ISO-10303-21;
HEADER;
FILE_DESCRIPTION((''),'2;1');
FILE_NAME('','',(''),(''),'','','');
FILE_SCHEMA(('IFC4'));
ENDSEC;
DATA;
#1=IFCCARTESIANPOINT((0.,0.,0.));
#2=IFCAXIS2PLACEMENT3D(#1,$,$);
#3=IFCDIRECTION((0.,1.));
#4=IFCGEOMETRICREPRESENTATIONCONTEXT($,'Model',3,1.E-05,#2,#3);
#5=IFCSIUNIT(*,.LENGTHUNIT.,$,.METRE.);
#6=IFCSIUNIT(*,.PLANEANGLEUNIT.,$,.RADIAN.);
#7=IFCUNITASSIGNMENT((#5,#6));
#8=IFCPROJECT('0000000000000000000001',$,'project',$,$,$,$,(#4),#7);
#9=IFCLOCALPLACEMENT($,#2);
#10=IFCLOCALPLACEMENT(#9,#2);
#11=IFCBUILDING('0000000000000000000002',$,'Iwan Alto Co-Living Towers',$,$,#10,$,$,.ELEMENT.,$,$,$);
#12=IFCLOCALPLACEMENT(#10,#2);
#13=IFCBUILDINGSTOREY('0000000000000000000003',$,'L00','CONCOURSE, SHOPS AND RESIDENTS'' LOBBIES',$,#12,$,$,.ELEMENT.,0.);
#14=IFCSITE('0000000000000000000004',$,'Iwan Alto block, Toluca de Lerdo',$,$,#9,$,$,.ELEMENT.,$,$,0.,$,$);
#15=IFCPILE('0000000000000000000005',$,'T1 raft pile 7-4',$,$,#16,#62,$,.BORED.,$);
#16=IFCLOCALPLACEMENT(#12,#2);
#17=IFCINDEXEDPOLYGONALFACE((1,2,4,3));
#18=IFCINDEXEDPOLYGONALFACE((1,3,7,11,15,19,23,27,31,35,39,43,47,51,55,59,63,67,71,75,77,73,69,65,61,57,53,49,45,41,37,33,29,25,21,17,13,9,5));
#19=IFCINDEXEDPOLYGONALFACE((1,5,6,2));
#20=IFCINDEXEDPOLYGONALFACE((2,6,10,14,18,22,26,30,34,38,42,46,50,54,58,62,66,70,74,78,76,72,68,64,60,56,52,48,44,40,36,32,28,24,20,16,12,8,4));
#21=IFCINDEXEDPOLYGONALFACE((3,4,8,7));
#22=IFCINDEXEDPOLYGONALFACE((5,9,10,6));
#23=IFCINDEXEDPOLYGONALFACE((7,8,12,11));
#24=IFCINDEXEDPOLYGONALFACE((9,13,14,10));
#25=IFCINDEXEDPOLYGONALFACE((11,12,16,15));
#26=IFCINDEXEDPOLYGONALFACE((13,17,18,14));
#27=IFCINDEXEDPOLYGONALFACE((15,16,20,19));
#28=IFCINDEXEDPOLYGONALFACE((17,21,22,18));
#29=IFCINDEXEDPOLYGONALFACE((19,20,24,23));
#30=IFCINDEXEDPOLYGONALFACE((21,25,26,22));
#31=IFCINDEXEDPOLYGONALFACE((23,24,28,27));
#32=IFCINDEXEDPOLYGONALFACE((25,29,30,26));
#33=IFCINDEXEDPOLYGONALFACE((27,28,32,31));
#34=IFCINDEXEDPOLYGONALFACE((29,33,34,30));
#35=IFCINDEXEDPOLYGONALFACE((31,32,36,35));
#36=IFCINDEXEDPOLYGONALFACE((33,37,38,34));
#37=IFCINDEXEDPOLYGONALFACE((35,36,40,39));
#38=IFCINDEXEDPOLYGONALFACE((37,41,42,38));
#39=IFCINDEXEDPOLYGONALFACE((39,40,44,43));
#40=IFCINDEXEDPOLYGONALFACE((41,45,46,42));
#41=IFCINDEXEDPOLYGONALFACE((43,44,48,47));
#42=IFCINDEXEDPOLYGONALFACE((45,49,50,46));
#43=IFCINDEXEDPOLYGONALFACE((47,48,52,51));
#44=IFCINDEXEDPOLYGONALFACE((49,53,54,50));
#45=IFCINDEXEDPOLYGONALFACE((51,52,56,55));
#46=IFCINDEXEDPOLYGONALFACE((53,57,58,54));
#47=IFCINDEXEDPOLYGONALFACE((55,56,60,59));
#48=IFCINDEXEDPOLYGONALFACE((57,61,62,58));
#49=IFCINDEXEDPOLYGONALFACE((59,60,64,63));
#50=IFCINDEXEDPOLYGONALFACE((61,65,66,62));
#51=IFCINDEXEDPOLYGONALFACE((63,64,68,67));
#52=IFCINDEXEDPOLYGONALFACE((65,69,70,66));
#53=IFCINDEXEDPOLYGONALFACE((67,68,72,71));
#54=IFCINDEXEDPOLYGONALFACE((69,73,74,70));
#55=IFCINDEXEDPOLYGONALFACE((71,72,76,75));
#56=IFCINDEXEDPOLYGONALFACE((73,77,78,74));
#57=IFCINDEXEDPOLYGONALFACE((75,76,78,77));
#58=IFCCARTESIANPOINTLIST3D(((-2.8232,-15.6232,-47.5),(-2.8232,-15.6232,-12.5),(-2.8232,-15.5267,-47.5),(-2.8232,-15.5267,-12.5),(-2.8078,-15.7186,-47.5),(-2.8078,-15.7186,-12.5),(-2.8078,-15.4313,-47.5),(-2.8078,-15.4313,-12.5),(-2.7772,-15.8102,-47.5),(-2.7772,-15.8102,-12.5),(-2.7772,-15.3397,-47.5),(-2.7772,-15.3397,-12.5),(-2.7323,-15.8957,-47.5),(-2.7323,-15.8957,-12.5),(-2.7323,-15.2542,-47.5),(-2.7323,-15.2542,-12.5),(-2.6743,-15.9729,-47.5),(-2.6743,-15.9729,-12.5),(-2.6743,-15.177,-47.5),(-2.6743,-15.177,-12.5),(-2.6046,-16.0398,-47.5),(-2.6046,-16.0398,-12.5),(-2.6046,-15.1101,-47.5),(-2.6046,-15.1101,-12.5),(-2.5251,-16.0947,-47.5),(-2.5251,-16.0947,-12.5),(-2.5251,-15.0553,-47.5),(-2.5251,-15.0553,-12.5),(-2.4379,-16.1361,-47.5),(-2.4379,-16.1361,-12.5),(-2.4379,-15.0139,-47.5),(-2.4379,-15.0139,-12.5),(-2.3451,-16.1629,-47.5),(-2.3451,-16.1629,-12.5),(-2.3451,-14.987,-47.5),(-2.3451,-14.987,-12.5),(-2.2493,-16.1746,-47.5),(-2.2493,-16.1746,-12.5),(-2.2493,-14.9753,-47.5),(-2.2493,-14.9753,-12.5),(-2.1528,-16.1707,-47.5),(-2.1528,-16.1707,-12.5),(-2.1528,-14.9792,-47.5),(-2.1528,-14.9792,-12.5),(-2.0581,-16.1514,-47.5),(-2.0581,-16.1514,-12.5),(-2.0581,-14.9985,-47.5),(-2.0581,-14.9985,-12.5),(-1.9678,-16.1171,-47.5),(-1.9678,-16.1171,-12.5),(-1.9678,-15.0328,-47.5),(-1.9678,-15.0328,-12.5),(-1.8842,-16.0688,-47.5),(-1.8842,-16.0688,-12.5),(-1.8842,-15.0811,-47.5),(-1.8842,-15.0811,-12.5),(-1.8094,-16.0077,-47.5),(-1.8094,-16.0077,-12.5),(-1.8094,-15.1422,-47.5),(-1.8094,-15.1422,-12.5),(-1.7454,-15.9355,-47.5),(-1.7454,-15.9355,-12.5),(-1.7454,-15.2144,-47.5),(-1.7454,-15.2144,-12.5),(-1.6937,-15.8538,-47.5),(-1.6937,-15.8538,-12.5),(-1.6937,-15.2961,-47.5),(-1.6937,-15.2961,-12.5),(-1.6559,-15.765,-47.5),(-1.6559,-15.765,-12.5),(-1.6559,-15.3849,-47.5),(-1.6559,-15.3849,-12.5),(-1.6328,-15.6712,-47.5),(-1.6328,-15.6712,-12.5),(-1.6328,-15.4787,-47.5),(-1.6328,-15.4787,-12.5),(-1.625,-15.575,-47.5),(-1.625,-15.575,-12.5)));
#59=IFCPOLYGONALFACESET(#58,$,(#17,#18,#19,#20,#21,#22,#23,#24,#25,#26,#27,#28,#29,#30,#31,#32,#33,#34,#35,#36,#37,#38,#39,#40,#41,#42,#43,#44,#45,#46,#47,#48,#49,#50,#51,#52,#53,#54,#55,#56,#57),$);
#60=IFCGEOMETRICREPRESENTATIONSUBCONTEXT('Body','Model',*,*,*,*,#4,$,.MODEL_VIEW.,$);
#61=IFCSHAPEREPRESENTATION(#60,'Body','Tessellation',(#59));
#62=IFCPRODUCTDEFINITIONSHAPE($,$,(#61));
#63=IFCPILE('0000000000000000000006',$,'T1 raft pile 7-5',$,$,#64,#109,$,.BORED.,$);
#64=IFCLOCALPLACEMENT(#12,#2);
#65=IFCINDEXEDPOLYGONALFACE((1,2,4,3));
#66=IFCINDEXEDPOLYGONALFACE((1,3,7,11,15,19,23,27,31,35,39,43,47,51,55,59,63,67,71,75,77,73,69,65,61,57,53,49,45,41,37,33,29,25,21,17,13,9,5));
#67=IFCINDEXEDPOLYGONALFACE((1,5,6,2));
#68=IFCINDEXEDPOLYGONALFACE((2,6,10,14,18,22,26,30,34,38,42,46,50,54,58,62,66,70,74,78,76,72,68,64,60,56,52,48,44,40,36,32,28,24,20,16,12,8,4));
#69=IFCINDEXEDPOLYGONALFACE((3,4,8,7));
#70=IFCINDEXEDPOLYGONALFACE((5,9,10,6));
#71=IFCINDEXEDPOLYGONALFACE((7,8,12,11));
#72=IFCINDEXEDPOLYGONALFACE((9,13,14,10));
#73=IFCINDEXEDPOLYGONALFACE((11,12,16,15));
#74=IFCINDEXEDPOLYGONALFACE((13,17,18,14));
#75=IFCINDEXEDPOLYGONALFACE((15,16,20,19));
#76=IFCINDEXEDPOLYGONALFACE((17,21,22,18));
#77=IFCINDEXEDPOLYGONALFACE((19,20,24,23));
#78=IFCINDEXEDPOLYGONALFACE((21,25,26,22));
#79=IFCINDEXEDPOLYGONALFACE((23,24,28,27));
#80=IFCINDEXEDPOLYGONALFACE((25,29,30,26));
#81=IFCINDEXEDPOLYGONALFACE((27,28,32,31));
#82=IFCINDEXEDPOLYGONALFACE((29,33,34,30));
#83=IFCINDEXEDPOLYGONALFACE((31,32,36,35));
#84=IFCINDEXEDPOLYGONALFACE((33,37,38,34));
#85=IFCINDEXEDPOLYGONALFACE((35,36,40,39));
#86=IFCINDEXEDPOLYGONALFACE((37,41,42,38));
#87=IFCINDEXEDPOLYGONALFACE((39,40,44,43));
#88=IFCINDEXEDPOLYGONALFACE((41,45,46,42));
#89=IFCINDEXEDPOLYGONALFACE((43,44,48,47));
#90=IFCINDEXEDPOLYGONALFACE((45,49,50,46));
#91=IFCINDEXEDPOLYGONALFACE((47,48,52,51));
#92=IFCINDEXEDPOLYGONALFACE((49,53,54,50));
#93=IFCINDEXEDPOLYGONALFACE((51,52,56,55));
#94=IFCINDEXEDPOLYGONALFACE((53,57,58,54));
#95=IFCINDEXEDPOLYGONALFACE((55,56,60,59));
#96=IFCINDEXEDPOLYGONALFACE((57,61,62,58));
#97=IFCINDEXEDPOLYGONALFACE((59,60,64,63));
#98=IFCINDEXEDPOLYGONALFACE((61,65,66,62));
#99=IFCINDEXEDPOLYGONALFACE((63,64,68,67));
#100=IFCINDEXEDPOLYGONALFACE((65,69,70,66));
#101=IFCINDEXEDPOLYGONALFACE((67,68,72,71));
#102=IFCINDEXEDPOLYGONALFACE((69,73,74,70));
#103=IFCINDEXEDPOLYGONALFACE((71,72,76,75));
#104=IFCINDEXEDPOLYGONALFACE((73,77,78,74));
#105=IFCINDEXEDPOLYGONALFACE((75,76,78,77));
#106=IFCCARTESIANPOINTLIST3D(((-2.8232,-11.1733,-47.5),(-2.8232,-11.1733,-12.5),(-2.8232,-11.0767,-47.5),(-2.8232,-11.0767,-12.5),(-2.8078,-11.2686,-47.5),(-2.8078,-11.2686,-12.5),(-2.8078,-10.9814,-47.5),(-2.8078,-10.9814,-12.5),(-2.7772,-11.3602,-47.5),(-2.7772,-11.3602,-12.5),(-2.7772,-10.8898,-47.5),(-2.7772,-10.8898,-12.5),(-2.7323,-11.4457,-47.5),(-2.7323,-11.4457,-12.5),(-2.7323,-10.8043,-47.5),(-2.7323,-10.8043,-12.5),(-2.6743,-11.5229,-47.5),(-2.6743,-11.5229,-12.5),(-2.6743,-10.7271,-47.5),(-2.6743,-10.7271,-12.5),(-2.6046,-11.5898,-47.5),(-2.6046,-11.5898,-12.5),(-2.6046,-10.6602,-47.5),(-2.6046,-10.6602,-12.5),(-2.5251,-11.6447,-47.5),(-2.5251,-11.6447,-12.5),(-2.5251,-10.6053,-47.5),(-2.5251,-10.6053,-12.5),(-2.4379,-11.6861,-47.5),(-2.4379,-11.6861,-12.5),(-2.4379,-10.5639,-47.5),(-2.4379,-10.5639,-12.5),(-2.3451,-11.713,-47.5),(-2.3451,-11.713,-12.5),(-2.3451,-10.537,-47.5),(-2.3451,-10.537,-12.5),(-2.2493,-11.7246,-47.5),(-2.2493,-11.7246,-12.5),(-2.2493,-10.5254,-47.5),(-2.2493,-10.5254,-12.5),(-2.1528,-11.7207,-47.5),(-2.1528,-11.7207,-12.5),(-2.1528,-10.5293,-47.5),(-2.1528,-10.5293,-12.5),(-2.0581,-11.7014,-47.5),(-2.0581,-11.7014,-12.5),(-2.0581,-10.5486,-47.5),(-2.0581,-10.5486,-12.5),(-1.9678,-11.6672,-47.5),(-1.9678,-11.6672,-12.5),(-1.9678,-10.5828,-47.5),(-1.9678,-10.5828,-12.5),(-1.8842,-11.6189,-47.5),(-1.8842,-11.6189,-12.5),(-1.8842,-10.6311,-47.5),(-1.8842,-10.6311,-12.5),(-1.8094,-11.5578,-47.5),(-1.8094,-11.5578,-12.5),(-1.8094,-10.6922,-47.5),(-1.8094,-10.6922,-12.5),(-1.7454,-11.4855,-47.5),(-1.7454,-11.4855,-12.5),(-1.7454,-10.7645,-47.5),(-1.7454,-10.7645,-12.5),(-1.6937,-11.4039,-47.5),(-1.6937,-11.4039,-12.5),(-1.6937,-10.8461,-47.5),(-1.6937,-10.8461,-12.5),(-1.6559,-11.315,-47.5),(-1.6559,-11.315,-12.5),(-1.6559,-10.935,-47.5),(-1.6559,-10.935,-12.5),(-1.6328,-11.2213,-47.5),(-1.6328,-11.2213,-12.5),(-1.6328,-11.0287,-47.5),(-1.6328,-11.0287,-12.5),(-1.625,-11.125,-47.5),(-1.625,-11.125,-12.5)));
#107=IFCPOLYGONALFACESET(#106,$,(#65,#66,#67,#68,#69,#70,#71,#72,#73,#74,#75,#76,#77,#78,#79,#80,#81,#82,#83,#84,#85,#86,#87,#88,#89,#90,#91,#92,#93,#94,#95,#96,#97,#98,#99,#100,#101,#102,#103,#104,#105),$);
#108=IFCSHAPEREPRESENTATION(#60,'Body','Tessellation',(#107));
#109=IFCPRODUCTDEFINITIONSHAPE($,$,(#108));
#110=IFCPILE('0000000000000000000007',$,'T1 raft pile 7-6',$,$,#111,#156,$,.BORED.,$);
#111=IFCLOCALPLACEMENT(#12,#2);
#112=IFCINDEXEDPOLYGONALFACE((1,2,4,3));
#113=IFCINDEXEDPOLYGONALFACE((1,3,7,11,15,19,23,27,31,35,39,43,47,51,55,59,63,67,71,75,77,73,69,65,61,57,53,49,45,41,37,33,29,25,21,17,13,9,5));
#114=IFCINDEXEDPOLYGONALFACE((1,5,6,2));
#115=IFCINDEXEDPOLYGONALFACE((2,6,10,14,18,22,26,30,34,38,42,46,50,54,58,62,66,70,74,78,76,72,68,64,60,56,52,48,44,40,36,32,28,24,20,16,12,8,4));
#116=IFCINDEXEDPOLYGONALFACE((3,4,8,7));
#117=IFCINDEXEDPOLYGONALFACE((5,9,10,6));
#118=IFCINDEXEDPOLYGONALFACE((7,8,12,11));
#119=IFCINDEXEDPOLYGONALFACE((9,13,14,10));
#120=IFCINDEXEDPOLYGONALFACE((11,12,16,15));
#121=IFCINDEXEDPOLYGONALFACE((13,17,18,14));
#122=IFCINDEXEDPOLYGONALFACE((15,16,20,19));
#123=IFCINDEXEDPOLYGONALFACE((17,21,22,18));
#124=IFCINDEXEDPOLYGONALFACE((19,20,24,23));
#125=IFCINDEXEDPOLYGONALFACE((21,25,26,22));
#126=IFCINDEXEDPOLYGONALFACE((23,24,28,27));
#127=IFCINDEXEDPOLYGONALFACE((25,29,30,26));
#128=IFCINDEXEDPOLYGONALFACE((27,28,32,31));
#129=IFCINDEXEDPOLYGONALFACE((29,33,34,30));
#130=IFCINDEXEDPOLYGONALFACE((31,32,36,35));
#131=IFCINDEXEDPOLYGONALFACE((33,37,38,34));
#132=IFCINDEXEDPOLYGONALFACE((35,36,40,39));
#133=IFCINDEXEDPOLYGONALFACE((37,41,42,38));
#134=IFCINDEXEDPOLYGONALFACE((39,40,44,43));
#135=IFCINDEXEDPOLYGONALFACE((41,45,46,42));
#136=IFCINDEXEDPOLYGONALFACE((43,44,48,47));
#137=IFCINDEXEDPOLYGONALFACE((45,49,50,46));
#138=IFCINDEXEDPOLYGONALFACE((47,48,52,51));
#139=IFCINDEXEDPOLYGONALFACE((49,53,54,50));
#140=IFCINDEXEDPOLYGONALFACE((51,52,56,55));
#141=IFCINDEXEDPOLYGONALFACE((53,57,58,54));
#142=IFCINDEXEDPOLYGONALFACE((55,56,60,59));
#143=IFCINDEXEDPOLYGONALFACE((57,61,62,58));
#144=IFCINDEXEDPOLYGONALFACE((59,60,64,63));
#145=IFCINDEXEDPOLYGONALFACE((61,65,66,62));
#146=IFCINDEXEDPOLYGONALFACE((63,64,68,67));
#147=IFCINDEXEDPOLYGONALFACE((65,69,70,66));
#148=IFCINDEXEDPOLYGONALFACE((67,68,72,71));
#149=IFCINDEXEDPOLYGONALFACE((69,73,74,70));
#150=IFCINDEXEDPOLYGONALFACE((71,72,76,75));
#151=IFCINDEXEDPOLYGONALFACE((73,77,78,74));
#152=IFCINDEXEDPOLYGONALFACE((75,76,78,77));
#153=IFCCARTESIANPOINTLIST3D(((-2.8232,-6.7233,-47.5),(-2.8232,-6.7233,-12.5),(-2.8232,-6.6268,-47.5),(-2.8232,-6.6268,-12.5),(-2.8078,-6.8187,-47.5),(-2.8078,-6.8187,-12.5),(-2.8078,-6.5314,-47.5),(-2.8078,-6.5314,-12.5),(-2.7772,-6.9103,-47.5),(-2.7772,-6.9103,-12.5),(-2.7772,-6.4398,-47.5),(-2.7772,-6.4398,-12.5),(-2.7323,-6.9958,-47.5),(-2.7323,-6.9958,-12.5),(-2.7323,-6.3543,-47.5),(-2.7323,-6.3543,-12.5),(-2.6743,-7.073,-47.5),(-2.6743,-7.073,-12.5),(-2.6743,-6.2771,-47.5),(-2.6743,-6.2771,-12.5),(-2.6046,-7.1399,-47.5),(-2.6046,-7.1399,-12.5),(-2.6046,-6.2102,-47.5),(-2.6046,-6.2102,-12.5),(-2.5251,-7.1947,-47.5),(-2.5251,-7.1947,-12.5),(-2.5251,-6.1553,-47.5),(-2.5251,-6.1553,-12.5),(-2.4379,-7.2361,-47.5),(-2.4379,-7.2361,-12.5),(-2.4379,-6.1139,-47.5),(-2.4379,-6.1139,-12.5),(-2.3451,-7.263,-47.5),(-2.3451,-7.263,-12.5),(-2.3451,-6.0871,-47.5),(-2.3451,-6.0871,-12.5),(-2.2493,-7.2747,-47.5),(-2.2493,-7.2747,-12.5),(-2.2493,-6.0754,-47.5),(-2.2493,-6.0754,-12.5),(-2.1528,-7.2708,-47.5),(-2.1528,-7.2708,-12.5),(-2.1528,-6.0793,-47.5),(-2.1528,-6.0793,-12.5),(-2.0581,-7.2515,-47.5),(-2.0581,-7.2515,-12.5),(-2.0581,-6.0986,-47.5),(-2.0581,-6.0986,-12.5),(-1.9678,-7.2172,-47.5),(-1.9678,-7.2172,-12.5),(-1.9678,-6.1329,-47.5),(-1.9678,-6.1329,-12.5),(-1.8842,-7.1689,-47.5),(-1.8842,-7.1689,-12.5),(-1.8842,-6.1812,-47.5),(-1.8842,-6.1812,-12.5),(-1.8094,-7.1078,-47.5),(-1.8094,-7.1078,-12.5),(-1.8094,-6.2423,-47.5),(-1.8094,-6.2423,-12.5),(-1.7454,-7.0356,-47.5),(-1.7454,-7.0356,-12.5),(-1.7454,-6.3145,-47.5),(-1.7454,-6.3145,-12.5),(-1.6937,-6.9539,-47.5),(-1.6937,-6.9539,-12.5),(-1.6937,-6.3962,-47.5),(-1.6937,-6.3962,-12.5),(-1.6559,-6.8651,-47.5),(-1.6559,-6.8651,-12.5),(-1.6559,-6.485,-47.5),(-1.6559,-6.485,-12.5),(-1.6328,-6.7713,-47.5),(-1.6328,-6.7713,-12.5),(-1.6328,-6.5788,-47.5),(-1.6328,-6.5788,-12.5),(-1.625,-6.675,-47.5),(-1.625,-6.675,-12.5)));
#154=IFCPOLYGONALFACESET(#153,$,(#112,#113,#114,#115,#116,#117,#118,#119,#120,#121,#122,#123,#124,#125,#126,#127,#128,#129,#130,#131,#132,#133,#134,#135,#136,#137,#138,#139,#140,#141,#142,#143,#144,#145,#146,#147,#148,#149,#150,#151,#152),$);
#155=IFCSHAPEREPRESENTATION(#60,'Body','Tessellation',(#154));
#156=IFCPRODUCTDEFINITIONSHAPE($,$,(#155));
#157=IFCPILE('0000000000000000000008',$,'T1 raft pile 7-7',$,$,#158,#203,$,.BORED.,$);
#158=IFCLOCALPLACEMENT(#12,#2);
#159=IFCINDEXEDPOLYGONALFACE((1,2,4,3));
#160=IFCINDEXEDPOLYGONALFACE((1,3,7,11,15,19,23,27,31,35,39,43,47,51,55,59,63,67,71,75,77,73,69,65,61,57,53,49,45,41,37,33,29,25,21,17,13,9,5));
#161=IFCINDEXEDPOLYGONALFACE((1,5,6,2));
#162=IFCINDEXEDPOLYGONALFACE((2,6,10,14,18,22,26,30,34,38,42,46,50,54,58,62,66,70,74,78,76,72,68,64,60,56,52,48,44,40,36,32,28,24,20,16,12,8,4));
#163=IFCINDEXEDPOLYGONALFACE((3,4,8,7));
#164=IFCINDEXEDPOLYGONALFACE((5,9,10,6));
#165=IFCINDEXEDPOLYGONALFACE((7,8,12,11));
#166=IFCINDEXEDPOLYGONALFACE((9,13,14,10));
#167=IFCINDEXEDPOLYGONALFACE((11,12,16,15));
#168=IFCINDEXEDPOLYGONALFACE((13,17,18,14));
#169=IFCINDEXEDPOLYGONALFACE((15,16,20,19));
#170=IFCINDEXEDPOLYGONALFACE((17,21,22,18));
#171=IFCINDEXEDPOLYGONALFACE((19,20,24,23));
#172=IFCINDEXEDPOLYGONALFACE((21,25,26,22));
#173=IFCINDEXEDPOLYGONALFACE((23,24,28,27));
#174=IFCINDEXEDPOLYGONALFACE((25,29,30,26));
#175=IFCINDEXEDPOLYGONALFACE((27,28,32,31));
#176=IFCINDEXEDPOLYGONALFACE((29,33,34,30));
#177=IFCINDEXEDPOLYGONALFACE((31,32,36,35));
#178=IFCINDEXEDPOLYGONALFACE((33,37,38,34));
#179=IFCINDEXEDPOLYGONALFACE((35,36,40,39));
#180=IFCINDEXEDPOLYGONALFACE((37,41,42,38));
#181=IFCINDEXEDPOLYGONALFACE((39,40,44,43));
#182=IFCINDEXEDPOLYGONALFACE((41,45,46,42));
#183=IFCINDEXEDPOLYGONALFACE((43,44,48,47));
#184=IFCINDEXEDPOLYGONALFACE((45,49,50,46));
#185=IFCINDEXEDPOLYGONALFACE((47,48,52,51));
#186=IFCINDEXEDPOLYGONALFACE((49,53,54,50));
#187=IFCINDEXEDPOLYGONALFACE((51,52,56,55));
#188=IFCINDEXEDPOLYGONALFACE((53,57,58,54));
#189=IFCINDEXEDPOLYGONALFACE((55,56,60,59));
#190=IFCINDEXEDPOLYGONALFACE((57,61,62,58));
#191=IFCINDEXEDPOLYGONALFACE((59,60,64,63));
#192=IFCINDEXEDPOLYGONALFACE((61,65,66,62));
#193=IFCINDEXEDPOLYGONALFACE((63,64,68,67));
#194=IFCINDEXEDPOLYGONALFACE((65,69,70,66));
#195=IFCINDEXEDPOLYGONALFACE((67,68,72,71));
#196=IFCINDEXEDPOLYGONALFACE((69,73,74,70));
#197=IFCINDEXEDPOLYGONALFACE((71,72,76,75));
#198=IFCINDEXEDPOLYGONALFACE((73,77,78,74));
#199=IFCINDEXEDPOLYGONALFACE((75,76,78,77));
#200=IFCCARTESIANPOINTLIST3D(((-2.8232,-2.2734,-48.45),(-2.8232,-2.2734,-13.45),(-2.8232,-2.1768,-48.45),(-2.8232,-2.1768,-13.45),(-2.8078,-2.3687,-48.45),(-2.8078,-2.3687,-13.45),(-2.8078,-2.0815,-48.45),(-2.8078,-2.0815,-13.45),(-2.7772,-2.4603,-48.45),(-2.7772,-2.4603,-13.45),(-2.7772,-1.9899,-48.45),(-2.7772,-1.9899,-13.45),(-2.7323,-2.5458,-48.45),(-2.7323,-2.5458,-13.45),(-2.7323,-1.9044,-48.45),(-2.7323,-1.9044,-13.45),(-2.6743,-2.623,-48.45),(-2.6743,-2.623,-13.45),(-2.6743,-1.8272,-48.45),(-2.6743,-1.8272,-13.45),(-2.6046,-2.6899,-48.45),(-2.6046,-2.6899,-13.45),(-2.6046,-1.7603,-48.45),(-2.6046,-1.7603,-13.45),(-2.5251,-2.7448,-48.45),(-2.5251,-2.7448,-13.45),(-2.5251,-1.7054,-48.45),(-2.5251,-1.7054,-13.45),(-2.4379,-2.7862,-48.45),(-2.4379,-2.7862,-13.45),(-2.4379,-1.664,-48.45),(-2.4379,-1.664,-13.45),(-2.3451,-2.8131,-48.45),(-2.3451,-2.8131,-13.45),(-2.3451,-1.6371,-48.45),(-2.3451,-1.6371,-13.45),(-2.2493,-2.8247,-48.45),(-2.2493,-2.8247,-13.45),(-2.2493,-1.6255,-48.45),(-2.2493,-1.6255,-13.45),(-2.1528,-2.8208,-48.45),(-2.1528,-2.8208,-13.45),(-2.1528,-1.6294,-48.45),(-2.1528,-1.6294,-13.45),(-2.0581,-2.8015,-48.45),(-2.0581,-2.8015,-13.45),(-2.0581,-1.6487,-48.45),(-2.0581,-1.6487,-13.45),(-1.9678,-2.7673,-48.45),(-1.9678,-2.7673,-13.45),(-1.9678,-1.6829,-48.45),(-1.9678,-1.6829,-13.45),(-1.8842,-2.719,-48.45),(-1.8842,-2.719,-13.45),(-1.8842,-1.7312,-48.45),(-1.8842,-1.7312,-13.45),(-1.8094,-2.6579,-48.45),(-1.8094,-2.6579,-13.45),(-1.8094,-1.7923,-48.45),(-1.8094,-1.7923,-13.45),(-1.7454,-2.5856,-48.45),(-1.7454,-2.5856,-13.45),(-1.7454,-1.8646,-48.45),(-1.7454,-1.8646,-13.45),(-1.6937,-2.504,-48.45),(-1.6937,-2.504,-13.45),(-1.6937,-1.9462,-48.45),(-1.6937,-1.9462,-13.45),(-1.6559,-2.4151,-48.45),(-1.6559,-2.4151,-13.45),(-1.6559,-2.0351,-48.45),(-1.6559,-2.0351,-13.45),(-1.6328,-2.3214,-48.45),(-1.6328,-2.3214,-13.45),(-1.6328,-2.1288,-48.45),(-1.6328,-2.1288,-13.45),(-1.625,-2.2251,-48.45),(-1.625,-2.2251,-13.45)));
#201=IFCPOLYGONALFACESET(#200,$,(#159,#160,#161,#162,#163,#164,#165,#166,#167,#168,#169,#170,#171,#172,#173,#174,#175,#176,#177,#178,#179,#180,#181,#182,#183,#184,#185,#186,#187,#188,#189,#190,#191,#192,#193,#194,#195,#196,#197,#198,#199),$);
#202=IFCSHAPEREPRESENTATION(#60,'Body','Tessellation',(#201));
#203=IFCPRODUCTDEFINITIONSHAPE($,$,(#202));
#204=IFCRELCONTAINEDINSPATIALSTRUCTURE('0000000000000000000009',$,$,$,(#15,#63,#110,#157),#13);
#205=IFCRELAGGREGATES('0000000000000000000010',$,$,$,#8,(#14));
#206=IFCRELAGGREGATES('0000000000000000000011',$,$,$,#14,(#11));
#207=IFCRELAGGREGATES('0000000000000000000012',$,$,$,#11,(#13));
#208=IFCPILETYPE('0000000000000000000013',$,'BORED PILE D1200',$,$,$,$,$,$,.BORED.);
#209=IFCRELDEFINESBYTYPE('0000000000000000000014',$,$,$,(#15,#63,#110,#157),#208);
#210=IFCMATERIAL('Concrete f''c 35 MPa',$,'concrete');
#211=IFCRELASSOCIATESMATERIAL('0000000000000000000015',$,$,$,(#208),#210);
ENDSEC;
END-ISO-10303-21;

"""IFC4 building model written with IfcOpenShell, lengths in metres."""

from ifc_helpers import new_model, si_unit, direction, frame, origin, origin_2d, place, context, subcontext, project, spatial, circle, extrude, material, material_profile, profile_set, type_object, element, save


model = new_model("IFC4")

# Units and contexts
model_context = context("Model", 3, precision=1e-05, world=origin(), true_north=direction((0.0, 1.0)))
body_context = subcontext(model_context, "Body", "Model", "MODEL_VIEW")
ifc_project = project(units=[si_unit("LENGTHUNIT", "METRE"), si_unit("PLANEANGLEUNIT", "RADIAN")], contexts=[model_context])

# Site, building, storey
site_placement = place(None, origin())
site = spatial("IfcSite", under=ifc_project, at=site_placement, Name="Iwan Alto block, Toluca de Lerdo", CompositionType="ELEMENT", RefElevation=0.0)
building_placement = place(site_placement, origin())
building = spatial("IfcBuilding", under=site, at=building_placement, Name="Iwan Alto Co-Living Towers", CompositionType="ELEMENT")
storey_placement = place(building_placement, origin())
storey = spatial("IfcBuildingStorey", under=building, at=storey_placement, Name="L00", Description="CONCOURSE, SHOPS AND RESIDENTS' LOBBIES", CompositionType="ELEMENT", Elevation=0.0)

# Piles
ifc_material_1 = material(Name="Concrete f'c 35 MPa", Category="concrete")
ifc_material_profile = material_profile(ifc_material_1, circle(Radius=0.6001, at=origin_2d()), Name="D1200")
ifc_profile_set = profile_set([ifc_material_profile], Name="Concrete f'c 35 MPa")
pile_type = type_object("IfcPileType", Name="BORED PILE D1200", PredefinedType="BORED", material=ifc_profile_set)
for number, where, z_axis, x_axis, name in (
    (1, (-2.2251, -15.575, -12.5), (0.0, 0.0, -1.0), (1.0, 0.0, 0.0), "T1 raft pile 7-4"),
    (2, (-2.2251, -11.125, -12.5), (0.0, 0.0, -1.0), (1.0, 0.0, 0.0), "T1 raft pile 7-5"),
    (3, (-2.2251, -6.675, -12.5), (0.0, 0.0, -1.0), (1.0, 0.0, 0.0), "T1 raft pile 7-6"),
    (4, (-2.2251, -2.2251, -13.45), (0.0, 0.0, -1.0), (1.0, 0.0, 0.0), "T1 raft pile 7-7"),
):
    element("IfcPile", number, at=place(storey_placement, frame(where, z_axis=z_axis, x_axis=x_axis)), inside=storey, type_object=pile_type, Name=name, PredefinedType="BORED", context=body_context, shape_type="SweptSolid", body=[
        extrude(circle(Radius=0.6001, at=origin_2d()), origin(), (0.0, 0.0, 1.0), 35.0),
    ])

save(model, "model.ifc")
